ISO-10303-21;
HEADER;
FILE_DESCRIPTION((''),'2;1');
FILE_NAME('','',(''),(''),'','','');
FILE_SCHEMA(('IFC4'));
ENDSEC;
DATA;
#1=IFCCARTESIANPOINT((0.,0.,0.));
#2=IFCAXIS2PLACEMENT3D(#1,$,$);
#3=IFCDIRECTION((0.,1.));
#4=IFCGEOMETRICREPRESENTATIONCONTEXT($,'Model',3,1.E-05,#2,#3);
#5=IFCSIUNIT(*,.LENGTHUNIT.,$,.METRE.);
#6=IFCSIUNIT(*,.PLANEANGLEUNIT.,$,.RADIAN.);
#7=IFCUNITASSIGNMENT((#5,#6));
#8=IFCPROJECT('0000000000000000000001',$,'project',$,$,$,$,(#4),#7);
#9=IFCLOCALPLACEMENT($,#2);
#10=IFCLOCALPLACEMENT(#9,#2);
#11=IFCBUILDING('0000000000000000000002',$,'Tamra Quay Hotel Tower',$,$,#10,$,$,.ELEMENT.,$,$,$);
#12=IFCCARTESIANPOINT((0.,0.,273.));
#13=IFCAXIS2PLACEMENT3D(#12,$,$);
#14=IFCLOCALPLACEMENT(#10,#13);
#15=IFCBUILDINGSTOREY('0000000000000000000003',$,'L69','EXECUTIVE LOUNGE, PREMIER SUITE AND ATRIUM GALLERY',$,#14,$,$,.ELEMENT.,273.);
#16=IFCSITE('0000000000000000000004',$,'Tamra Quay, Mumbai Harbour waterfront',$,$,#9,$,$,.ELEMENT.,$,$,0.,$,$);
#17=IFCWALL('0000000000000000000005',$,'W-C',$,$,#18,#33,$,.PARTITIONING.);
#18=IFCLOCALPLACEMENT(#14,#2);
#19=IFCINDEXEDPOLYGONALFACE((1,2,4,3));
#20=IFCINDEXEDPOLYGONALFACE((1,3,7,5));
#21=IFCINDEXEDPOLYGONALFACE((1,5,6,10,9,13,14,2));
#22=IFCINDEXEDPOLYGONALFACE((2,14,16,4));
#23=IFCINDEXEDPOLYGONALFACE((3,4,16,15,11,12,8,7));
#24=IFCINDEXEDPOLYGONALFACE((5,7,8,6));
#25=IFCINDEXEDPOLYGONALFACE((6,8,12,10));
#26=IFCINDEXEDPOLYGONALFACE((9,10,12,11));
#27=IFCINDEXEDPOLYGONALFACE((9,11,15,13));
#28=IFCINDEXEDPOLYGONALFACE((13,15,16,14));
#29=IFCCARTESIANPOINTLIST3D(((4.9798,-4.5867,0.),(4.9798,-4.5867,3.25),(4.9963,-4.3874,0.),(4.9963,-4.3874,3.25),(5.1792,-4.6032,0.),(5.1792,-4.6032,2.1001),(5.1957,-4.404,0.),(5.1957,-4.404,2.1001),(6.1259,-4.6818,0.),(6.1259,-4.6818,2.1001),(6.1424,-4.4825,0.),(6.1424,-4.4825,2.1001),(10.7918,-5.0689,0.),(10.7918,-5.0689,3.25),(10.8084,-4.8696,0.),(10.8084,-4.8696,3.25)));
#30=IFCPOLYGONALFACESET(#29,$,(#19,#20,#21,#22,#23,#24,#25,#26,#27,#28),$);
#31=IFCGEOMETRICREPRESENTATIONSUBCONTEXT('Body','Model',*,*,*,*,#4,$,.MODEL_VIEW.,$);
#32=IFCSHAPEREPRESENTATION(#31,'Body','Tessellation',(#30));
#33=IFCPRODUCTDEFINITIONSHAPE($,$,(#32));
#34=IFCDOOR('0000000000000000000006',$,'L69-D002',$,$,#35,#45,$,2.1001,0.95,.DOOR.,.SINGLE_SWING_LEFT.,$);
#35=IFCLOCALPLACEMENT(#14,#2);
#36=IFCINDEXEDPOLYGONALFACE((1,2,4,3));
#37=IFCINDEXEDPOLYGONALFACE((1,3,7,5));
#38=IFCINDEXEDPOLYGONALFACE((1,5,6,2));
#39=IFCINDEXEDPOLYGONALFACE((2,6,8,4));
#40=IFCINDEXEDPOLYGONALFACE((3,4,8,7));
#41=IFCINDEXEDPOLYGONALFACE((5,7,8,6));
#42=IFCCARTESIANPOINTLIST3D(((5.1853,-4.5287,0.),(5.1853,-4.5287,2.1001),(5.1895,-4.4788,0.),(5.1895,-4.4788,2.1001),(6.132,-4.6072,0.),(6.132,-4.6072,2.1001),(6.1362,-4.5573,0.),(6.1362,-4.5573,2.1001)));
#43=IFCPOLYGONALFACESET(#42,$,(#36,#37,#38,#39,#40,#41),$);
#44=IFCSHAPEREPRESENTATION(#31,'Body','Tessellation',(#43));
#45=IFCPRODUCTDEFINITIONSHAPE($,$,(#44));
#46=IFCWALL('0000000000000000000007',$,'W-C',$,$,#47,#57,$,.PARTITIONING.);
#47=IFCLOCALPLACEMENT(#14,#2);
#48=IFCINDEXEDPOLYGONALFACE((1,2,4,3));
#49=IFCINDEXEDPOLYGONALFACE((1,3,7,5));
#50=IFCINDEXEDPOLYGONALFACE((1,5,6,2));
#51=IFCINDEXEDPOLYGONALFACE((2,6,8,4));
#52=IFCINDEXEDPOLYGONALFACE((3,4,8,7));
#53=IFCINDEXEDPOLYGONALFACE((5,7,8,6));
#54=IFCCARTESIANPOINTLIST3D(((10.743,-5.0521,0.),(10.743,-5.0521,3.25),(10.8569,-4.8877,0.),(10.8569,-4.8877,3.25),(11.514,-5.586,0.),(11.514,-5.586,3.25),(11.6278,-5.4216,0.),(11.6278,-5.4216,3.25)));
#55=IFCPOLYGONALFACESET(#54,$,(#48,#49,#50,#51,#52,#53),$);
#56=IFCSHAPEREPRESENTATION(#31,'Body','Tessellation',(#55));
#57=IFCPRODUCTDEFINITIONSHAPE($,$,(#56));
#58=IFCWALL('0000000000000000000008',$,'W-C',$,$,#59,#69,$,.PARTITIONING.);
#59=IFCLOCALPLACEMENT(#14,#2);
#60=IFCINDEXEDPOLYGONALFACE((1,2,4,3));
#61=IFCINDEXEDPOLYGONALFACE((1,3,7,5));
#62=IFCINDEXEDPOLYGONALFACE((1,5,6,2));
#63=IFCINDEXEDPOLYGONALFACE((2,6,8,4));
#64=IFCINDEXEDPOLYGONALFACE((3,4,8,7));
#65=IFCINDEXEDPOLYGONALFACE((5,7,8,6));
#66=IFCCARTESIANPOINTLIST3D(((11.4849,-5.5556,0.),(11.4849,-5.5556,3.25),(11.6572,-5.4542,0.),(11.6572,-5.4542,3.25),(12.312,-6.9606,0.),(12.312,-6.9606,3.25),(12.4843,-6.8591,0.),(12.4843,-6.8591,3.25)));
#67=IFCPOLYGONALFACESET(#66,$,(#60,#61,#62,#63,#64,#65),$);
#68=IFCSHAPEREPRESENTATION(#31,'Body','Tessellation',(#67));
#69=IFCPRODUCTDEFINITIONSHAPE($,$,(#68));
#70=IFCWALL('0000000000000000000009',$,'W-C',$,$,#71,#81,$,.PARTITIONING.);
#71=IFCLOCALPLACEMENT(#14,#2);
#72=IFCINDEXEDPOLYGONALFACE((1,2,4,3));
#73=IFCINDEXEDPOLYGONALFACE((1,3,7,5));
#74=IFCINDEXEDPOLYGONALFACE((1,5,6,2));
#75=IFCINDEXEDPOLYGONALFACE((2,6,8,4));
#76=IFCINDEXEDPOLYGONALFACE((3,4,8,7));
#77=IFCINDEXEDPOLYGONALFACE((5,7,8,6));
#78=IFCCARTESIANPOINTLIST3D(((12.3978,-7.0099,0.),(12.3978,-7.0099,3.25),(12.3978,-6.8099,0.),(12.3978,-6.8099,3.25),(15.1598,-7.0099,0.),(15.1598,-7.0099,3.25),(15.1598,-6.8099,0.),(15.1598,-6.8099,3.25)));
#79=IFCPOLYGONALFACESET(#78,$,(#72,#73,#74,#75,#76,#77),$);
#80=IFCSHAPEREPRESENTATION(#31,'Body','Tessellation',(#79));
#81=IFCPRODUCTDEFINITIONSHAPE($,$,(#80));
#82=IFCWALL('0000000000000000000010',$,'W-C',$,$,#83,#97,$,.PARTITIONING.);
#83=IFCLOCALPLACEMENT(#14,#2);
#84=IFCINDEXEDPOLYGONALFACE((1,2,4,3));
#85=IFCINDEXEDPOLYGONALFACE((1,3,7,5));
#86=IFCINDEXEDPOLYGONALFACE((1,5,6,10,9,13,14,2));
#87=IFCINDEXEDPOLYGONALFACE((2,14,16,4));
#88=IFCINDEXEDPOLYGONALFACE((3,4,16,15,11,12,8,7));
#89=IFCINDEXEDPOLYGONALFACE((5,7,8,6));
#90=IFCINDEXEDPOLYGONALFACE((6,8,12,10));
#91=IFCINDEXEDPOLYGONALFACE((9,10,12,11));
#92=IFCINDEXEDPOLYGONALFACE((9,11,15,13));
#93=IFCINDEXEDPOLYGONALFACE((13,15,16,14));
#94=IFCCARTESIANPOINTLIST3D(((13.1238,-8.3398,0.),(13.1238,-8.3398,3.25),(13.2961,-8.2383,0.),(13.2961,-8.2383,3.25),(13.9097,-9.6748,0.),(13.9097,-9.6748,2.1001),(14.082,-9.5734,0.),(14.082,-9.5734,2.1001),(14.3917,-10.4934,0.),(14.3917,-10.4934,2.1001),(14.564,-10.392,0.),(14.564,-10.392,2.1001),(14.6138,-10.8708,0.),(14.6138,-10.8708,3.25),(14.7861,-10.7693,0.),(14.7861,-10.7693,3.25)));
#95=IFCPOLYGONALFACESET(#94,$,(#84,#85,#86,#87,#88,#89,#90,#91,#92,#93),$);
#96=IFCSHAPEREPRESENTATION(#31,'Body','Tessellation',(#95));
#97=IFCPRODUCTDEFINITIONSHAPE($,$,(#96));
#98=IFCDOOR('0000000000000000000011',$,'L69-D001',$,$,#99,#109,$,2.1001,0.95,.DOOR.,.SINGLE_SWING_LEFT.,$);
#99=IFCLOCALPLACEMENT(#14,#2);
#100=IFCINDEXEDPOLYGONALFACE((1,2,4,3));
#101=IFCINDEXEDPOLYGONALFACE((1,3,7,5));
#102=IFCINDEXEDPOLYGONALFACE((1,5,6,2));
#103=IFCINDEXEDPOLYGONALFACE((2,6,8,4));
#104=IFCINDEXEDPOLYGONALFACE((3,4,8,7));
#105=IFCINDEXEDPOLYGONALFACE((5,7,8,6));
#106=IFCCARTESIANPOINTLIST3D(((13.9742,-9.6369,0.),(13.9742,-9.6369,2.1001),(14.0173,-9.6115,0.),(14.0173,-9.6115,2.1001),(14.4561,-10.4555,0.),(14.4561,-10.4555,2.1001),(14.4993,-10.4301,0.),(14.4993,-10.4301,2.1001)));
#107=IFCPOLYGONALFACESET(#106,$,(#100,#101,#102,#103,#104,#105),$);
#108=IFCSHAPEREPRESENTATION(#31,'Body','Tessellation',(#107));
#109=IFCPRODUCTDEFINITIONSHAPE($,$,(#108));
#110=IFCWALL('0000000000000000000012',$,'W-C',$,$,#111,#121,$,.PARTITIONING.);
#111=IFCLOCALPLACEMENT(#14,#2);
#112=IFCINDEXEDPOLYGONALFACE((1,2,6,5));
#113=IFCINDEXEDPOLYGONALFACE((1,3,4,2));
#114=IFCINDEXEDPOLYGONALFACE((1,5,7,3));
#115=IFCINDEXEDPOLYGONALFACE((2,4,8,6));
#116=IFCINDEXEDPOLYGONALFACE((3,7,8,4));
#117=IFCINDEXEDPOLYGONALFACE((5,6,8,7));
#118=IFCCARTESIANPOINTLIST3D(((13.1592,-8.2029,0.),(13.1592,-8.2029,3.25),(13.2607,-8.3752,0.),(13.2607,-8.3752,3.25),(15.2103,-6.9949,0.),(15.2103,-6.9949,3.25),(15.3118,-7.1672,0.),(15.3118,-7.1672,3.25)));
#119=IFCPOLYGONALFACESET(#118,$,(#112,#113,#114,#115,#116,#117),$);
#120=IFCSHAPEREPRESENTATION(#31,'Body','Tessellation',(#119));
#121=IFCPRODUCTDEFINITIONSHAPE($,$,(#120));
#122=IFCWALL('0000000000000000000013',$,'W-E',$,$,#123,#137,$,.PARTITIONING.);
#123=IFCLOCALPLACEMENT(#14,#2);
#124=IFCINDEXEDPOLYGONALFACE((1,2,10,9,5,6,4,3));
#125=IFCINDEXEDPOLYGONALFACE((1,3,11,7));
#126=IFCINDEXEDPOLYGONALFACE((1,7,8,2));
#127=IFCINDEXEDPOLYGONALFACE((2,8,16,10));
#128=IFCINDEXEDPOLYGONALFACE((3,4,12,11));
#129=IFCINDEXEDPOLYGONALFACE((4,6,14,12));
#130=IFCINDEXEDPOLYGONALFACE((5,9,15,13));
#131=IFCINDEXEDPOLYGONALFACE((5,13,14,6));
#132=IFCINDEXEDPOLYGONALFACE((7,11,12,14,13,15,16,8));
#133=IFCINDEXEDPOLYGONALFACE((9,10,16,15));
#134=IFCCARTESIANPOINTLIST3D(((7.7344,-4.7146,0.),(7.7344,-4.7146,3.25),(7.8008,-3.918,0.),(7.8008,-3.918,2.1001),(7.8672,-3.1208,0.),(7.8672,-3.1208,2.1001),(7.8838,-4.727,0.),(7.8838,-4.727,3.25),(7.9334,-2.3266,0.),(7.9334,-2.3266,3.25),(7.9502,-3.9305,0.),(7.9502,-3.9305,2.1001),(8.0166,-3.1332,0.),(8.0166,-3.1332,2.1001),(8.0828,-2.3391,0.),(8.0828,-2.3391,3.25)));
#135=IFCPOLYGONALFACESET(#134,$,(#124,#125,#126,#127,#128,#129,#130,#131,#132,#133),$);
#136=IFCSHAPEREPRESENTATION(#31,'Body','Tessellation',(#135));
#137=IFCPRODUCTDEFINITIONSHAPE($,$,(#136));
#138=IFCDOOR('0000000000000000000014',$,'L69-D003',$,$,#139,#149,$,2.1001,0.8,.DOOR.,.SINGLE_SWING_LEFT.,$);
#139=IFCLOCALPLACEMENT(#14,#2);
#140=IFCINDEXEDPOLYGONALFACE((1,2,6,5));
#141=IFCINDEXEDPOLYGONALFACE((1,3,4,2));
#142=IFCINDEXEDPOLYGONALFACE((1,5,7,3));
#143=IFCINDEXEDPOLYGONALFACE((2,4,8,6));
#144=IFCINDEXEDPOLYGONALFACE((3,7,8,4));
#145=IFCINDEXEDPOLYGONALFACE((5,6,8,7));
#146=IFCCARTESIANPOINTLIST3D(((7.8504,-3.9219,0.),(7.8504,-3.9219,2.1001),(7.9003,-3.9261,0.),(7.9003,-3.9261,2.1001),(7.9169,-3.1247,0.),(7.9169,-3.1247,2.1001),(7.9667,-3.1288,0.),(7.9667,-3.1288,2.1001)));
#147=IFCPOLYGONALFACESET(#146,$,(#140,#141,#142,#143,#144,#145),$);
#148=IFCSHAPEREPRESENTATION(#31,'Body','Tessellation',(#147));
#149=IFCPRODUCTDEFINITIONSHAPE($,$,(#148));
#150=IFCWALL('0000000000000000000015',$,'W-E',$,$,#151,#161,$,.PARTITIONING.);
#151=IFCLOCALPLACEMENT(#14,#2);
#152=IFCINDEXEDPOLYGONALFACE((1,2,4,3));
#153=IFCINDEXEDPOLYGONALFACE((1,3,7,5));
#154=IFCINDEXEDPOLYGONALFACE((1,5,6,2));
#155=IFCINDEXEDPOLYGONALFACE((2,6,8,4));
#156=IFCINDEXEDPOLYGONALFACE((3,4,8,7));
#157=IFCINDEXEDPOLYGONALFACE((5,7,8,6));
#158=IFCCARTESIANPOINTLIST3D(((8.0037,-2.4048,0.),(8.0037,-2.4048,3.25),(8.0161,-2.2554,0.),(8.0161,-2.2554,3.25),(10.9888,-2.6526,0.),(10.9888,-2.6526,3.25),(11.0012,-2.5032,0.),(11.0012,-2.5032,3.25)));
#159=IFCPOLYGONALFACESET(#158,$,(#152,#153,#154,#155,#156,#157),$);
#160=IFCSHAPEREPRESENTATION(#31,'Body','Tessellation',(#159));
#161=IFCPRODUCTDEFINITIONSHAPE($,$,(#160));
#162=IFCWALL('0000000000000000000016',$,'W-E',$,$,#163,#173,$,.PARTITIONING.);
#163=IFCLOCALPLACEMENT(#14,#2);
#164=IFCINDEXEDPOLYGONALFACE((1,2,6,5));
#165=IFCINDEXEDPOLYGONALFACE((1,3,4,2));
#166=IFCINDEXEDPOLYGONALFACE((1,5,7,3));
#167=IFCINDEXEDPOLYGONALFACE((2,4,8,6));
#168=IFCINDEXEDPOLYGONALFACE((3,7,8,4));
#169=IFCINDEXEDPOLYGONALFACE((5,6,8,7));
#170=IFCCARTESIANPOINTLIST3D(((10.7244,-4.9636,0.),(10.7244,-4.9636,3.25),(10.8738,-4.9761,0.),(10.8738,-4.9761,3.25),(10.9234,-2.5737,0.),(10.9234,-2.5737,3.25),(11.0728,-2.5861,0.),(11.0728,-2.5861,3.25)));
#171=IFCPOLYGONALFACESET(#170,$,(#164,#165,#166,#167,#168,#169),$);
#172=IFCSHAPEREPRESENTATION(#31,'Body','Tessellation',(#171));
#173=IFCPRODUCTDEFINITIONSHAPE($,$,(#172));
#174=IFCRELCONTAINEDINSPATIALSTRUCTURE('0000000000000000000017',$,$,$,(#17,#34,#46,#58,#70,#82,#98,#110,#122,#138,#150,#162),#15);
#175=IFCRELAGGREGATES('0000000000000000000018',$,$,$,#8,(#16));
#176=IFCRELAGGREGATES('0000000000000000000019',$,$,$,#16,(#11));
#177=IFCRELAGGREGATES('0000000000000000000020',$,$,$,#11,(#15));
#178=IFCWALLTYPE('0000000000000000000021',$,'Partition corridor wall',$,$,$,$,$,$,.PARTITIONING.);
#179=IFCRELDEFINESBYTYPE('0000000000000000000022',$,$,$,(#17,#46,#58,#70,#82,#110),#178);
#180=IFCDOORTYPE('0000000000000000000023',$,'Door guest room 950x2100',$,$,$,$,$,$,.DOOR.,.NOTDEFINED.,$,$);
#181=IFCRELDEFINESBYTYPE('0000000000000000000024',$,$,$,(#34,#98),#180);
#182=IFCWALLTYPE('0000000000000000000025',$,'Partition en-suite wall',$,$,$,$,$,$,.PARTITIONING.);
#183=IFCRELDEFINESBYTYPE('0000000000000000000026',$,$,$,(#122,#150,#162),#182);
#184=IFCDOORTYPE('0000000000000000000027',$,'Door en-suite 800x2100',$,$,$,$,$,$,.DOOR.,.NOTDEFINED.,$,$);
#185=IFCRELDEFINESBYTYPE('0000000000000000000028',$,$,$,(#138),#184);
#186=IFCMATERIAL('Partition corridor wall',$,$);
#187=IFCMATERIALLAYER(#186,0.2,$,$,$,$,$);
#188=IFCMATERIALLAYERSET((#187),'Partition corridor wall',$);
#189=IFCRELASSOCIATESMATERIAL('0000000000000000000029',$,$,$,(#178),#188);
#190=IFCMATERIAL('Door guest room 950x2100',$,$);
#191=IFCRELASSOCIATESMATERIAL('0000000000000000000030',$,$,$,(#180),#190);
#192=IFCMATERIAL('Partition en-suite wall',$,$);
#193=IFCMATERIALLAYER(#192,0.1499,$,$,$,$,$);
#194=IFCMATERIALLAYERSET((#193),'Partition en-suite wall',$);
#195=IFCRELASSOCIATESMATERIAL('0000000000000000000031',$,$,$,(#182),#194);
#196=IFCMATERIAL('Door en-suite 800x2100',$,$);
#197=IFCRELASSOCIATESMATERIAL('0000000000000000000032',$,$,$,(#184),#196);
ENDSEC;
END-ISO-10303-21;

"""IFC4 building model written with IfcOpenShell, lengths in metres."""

from ifc_helpers import new_model, si_unit, direction, frame, frame_2d, origin, place, context, subcontext, project, spatial, rectangle, extrude, material, layer, layer_set, type_object, element, fill, save


model = new_model("IFC4")

# Units and contexts
model_context = context("Model", 3, precision=1e-05, world=origin(), true_north=direction((0.0, 1.0)))
body_context = subcontext(model_context, "Body", "Model", "MODEL_VIEW")
ifc_project = project(units=[si_unit("LENGTHUNIT", "METRE"), si_unit("PLANEANGLEUNIT", "RADIAN")], contexts=[model_context])

# Site, building, storey
site_placement = place(None, origin())
site = spatial("IfcSite", under=ifc_project, at=site_placement, Name="Tamra Quay, Mumbai Harbour waterfront", CompositionType="ELEMENT", RefElevation=0.0)
building_placement = place(site_placement, origin())
building = spatial("IfcBuilding", under=site, at=building_placement, Name="Tamra Quay Hotel Tower", CompositionType="ELEMENT")
storey_placement = place(building_placement, frame((0.0, 0.0, 273.0)))
storey = spatial("IfcBuildingStorey", under=building, at=storey_placement, Name="L69", Description="EXECUTIVE LOUNGE, PREMIER SUITE AND ATRIUM GALLERY", CompositionType="ELEMENT", Elevation=273.0)

# Wall, opening, door
ifc_material_1 = material(Name="Partition corridor wall")
ifc_layer_1 = layer(ifc_material_1, 0.2)
ifc_layer_set_1 = layer_set([ifc_layer_1], Name="Partition corridor wall")
wall_type_1 = type_object("IfcWallType", Name="Partition corridor wall", PredefinedType="PARTITIONING", material=ifc_layer_set_1)
wall_1_placement = place(storey_placement, frame((4.988, -4.4871, 0.0), z_axis=(0.0, 0.0, 1.0), x_axis=(0.996576, -0.082678, 0.0)))
wall_1 = element("IfcWall", 1, at=wall_1_placement, inside=storey, type_object=wall_type_1, Name="W-C", PredefinedType="PARTITIONING", context=body_context, shape_type="SweptSolid", body=[
    extrude(rectangle(XDim=5.832, YDim=0.2, at=frame_2d((2.916, 0.0))), origin(), (0.0, 0.0, 1.0), 3.25),
])
opening_1_placement = place(wall_1_placement, frame((0.2, 0.0, 0.0)))
opening_1 = element("IfcOpeningElement", 2, at=opening_1_placement, cuts=wall_1, PredefinedType="OPENING", context=body_context, shape_type="SweptSolid", body=[
    extrude(rectangle(XDim=0.95, YDim=2.1001, at=frame_2d((0.4751, 1.05))), frame((0.0, 0.1099, 0.0), z_axis=(0.0, -1.0, 0.0), x_axis=(1.0, 0.0, 0.0)), (0.0, 0.0, 1.0), 0.22),
])
ifc_material_2 = material(Name="Door guest room 950x2100")
door_type_1 = type_object("IfcDoorType", Name="Door guest room 950x2100", OperationType="NOTDEFINED", PredefinedType="DOOR", material=ifc_material_2)
door_1_placement = place(opening_1_placement, origin())
door_1 = element("IfcDoor", 3, at=door_1_placement, inside=storey, type_object=door_type_1, Name="L69-D002", OperationType="SINGLE_SWING_LEFT", OverallHeight=2.1001, OverallWidth=0.95, PredefinedType="DOOR", context=body_context, shape_type="SweptSolid", body=[
    extrude(rectangle(XDim=0.95, YDim=2.1001, at=frame_2d((0.4751, 1.05))), frame((0.0, 0.0249, 0.0), z_axis=(0.0, -1.0, 0.0), x_axis=(1.0, 0.0, 0.0)), (0.0, 0.0, 1.0), 0.05),
])
fill(opening_1, door_1)

# Walls
wall_2_placement = place(storey_placement, frame((10.8, -4.97, 0.0), z_axis=(0.0, 0.0, 1.0), x_axis=(0.822108, -0.569332, 0.0)))
element("IfcWall", 4, at=wall_2_placement, inside=storey, type_object=wall_type_1, Name="W-C", PredefinedType="PARTITIONING", context=body_context, shape_type="SweptSolid", body=[
    extrude(rectangle(XDim=0.9377, YDim=0.2, at=frame_2d((0.4688, 0.0))), origin(), (0.0, 0.0, 1.0), 3.25),
])
wall_3_placement = place(storey_placement, frame((11.571, -5.5049, 0.0), z_axis=(0.0, 0.0, 1.0), x_axis=(0.507321, -0.861757, 0.0)))
element("IfcWall", 5, at=wall_3_placement, inside=storey, type_object=wall_type_1, Name="W-C", PredefinedType="PARTITIONING", context=body_context, shape_type="SweptSolid", body=[
    extrude(rectangle(XDim=1.6304, YDim=0.2, at=frame_2d((0.8152, 0.0))), origin(), (0.0, 0.0, 1.0), 3.25),
])
wall_4_placement = place(storey_placement, frame((12.3979, -6.9099, 0.0), z_axis=(0.0, 0.0, 1.0), x_axis=(1.0, 0.0, 0.0)))
element("IfcWall", 6, at=wall_4_placement, inside=storey, type_object=wall_type_1, Name="W-C", PredefinedType="PARTITIONING", context=body_context, shape_type="SweptSolid", body=[
    extrude(rectangle(XDim=2.762, YDim=0.2, at=frame_2d((1.3809, 0.0))), origin(), (0.0, 0.0, 1.0), 3.25),
])

# Wall, opening, door
wall_5_placement = place(storey_placement, frame((13.21, -8.2891, 0.0), z_axis=(0.0, 0.0, 1.0), x_axis=(0.507314, -0.861761, 0.0)))
wall_5 = element("IfcWall", 7, at=wall_5_placement, inside=storey, type_object=wall_type_1, Name="W-C", PredefinedType="PARTITIONING", context=body_context, shape_type="SweptSolid", body=[
    extrude(rectangle(XDim=2.937, YDim=0.2, at=frame_2d((1.4685, 0.0))), origin(), (0.0, 0.0, 1.0), 3.25),
])
opening_2_placement = place(wall_5_placement, frame((1.5491, 0.0, 0.0)))
opening_2 = element("IfcOpeningElement", 8, at=opening_2_placement, cuts=wall_5, PredefinedType="OPENING", context=body_context, shape_type="SweptSolid", body=[
    extrude(rectangle(XDim=0.95, YDim=2.1001, at=frame_2d((0.4751, 1.05))), frame((0.0, 0.1099, 0.0), z_axis=(0.0, -1.0, 0.0), x_axis=(1.0, 0.0, 0.0)), (0.0, 0.0, 1.0), 0.22),
])
door_2_placement = place(opening_2_placement, origin())
door_2 = element("IfcDoor", 9, at=door_2_placement, inside=storey, type_object=door_type_1, Name="L69-D001", OperationType="SINGLE_SWING_LEFT", OverallHeight=2.1001, OverallWidth=0.95, PredefinedType="DOOR", context=body_context, shape_type="SweptSolid", body=[
    extrude(rectangle(XDim=0.95, YDim=2.1001, at=frame_2d((0.4751, 1.05))), frame((0.0, 0.0249, 0.0), z_axis=(0.0, -1.0, 0.0), x_axis=(1.0, 0.0, 0.0)), (0.0, 0.0, 1.0), 0.05),
])
fill(opening_2, door_2)

# Wall
wall_6_placement = place(storey_placement, frame((13.21, -8.2891, 0.0), z_axis=(0.0, 0.0, 1.0), x_axis=(0.861655, 0.507495, 0.0)))
element("IfcWall", 10, at=wall_6_placement, inside=storey, type_object=wall_type_1, Name="W-C", PredefinedType="PARTITIONING", context=body_context, shape_type="SweptSolid", body=[
    extrude(rectangle(XDim=2.3804, YDim=0.2, at=frame_2d((1.1902, 0.0))), origin(), (0.0, 0.0, 1.0), 3.25),
])

# Wall, opening, door
ifc_material_3 = material(Name="Partition en-suite wall")
ifc_layer_2 = layer(ifc_material_3, 0.1499)
ifc_layer_set_2 = layer_set([ifc_layer_2], Name="Partition en-suite wall")
wall_type_2 = type_object("IfcWallType", Name="Partition en-suite wall", PredefinedType="PARTITIONING", material=ifc_layer_set_2)
wall_7_placement = place(storey_placement, frame((7.8091, -4.7209, 0.0), z_axis=(0.0, 0.0, 1.0), x_axis=(0.083037, 0.996546, 0.0)))
wall_7 = element("IfcWall", 11, at=wall_7_placement, inside=storey, type_object=wall_type_2, Name="W-E", PredefinedType="PARTITIONING", context=body_context, shape_type="SweptSolid", body=[
    extrude(rectangle(XDim=2.3962, YDim=0.1499, at=frame_2d((1.1982, 0.0))), origin(), (0.0, 0.0, 1.0), 3.25),
])
opening_3_placement = place(wall_7_placement, frame((0.7996, 0.0, 0.0)))
opening_3 = element("IfcOpeningElement", 12, at=opening_3_placement, cuts=wall_7, PredefinedType="OPENING", context=body_context, shape_type="SweptSolid", body=[
    extrude(rectangle(XDim=0.8, YDim=2.1001, at=frame_2d((0.3999, 1.05))), frame((0.0, 0.085, 0.0), z_axis=(0.0, -1.0, 0.0), x_axis=(1.0, 0.0, 0.0)), (0.0, 0.0, 1.0), 0.1699),
])
ifc_material_4 = material(Name="Door en-suite 800x2100")
door_type_2 = type_object("IfcDoorType", Name="Door en-suite 800x2100", OperationType="NOTDEFINED", PredefinedType="DOOR", material=ifc_material_4)
door_3_placement = place(opening_3_placement, frame((0.8, 0.0, 0.0), z_axis=(0.0, 0.0, 1.0), x_axis=(-1.0, 0.0, 0.0)))
door_3 = element("IfcDoor", 13, at=door_3_placement, inside=storey, type_object=door_type_2, Name="L69-D003", OperationType="SINGLE_SWING_LEFT", OverallHeight=2.1001, OverallWidth=0.8, PredefinedType="DOOR", context=body_context, shape_type="SweptSolid", body=[
    extrude(rectangle(XDim=0.8, YDim=2.1001, at=frame_2d((0.3999, 1.05))), frame((0.0, 0.0249, 0.0), z_axis=(0.0, -1.0, 0.0), x_axis=(1.0, 0.0, 0.0)), (0.0, 0.0, 1.0), 0.05),
])
fill(opening_3, door_3)

# Walls
wall_8_placement = place(storey_placement, frame((8.01, -2.3301, 0.0), z_axis=(0.0, 0.0, 1.0), x_axis=(0.996572, -0.082728, 0.0)))
element("IfcWall", 14, at=wall_8_placement, inside=storey, type_object=wall_type_2, Name="W-E", PredefinedType="PARTITIONING", context=body_context, shape_type="SweptSolid", body=[
    extrude(rectangle(XDim=2.9954, YDim=0.1499, at=frame_2d((1.4976, 0.0))), origin(), (0.0, 0.0, 1.0), 3.25),
])
wall_9_placement = place(storey_placement, frame((10.7991, -4.97, 0.0), z_axis=(0.0, 0.0, 1.0), x_axis=(0.08297, 0.996552, 0.0)))
element("IfcWall", 15, at=wall_9_placement, inside=storey, type_object=wall_type_2, Name="W-E", PredefinedType="PARTITIONING", context=body_context, shape_type="SweptSolid", body=[
    extrude(rectangle(XDim=2.3982, YDim=0.1499, at=frame_2d((1.1992, 0.0))), origin(), (0.0, 0.0, 1.0), 3.25),
])

save(model, "model.ifc")
